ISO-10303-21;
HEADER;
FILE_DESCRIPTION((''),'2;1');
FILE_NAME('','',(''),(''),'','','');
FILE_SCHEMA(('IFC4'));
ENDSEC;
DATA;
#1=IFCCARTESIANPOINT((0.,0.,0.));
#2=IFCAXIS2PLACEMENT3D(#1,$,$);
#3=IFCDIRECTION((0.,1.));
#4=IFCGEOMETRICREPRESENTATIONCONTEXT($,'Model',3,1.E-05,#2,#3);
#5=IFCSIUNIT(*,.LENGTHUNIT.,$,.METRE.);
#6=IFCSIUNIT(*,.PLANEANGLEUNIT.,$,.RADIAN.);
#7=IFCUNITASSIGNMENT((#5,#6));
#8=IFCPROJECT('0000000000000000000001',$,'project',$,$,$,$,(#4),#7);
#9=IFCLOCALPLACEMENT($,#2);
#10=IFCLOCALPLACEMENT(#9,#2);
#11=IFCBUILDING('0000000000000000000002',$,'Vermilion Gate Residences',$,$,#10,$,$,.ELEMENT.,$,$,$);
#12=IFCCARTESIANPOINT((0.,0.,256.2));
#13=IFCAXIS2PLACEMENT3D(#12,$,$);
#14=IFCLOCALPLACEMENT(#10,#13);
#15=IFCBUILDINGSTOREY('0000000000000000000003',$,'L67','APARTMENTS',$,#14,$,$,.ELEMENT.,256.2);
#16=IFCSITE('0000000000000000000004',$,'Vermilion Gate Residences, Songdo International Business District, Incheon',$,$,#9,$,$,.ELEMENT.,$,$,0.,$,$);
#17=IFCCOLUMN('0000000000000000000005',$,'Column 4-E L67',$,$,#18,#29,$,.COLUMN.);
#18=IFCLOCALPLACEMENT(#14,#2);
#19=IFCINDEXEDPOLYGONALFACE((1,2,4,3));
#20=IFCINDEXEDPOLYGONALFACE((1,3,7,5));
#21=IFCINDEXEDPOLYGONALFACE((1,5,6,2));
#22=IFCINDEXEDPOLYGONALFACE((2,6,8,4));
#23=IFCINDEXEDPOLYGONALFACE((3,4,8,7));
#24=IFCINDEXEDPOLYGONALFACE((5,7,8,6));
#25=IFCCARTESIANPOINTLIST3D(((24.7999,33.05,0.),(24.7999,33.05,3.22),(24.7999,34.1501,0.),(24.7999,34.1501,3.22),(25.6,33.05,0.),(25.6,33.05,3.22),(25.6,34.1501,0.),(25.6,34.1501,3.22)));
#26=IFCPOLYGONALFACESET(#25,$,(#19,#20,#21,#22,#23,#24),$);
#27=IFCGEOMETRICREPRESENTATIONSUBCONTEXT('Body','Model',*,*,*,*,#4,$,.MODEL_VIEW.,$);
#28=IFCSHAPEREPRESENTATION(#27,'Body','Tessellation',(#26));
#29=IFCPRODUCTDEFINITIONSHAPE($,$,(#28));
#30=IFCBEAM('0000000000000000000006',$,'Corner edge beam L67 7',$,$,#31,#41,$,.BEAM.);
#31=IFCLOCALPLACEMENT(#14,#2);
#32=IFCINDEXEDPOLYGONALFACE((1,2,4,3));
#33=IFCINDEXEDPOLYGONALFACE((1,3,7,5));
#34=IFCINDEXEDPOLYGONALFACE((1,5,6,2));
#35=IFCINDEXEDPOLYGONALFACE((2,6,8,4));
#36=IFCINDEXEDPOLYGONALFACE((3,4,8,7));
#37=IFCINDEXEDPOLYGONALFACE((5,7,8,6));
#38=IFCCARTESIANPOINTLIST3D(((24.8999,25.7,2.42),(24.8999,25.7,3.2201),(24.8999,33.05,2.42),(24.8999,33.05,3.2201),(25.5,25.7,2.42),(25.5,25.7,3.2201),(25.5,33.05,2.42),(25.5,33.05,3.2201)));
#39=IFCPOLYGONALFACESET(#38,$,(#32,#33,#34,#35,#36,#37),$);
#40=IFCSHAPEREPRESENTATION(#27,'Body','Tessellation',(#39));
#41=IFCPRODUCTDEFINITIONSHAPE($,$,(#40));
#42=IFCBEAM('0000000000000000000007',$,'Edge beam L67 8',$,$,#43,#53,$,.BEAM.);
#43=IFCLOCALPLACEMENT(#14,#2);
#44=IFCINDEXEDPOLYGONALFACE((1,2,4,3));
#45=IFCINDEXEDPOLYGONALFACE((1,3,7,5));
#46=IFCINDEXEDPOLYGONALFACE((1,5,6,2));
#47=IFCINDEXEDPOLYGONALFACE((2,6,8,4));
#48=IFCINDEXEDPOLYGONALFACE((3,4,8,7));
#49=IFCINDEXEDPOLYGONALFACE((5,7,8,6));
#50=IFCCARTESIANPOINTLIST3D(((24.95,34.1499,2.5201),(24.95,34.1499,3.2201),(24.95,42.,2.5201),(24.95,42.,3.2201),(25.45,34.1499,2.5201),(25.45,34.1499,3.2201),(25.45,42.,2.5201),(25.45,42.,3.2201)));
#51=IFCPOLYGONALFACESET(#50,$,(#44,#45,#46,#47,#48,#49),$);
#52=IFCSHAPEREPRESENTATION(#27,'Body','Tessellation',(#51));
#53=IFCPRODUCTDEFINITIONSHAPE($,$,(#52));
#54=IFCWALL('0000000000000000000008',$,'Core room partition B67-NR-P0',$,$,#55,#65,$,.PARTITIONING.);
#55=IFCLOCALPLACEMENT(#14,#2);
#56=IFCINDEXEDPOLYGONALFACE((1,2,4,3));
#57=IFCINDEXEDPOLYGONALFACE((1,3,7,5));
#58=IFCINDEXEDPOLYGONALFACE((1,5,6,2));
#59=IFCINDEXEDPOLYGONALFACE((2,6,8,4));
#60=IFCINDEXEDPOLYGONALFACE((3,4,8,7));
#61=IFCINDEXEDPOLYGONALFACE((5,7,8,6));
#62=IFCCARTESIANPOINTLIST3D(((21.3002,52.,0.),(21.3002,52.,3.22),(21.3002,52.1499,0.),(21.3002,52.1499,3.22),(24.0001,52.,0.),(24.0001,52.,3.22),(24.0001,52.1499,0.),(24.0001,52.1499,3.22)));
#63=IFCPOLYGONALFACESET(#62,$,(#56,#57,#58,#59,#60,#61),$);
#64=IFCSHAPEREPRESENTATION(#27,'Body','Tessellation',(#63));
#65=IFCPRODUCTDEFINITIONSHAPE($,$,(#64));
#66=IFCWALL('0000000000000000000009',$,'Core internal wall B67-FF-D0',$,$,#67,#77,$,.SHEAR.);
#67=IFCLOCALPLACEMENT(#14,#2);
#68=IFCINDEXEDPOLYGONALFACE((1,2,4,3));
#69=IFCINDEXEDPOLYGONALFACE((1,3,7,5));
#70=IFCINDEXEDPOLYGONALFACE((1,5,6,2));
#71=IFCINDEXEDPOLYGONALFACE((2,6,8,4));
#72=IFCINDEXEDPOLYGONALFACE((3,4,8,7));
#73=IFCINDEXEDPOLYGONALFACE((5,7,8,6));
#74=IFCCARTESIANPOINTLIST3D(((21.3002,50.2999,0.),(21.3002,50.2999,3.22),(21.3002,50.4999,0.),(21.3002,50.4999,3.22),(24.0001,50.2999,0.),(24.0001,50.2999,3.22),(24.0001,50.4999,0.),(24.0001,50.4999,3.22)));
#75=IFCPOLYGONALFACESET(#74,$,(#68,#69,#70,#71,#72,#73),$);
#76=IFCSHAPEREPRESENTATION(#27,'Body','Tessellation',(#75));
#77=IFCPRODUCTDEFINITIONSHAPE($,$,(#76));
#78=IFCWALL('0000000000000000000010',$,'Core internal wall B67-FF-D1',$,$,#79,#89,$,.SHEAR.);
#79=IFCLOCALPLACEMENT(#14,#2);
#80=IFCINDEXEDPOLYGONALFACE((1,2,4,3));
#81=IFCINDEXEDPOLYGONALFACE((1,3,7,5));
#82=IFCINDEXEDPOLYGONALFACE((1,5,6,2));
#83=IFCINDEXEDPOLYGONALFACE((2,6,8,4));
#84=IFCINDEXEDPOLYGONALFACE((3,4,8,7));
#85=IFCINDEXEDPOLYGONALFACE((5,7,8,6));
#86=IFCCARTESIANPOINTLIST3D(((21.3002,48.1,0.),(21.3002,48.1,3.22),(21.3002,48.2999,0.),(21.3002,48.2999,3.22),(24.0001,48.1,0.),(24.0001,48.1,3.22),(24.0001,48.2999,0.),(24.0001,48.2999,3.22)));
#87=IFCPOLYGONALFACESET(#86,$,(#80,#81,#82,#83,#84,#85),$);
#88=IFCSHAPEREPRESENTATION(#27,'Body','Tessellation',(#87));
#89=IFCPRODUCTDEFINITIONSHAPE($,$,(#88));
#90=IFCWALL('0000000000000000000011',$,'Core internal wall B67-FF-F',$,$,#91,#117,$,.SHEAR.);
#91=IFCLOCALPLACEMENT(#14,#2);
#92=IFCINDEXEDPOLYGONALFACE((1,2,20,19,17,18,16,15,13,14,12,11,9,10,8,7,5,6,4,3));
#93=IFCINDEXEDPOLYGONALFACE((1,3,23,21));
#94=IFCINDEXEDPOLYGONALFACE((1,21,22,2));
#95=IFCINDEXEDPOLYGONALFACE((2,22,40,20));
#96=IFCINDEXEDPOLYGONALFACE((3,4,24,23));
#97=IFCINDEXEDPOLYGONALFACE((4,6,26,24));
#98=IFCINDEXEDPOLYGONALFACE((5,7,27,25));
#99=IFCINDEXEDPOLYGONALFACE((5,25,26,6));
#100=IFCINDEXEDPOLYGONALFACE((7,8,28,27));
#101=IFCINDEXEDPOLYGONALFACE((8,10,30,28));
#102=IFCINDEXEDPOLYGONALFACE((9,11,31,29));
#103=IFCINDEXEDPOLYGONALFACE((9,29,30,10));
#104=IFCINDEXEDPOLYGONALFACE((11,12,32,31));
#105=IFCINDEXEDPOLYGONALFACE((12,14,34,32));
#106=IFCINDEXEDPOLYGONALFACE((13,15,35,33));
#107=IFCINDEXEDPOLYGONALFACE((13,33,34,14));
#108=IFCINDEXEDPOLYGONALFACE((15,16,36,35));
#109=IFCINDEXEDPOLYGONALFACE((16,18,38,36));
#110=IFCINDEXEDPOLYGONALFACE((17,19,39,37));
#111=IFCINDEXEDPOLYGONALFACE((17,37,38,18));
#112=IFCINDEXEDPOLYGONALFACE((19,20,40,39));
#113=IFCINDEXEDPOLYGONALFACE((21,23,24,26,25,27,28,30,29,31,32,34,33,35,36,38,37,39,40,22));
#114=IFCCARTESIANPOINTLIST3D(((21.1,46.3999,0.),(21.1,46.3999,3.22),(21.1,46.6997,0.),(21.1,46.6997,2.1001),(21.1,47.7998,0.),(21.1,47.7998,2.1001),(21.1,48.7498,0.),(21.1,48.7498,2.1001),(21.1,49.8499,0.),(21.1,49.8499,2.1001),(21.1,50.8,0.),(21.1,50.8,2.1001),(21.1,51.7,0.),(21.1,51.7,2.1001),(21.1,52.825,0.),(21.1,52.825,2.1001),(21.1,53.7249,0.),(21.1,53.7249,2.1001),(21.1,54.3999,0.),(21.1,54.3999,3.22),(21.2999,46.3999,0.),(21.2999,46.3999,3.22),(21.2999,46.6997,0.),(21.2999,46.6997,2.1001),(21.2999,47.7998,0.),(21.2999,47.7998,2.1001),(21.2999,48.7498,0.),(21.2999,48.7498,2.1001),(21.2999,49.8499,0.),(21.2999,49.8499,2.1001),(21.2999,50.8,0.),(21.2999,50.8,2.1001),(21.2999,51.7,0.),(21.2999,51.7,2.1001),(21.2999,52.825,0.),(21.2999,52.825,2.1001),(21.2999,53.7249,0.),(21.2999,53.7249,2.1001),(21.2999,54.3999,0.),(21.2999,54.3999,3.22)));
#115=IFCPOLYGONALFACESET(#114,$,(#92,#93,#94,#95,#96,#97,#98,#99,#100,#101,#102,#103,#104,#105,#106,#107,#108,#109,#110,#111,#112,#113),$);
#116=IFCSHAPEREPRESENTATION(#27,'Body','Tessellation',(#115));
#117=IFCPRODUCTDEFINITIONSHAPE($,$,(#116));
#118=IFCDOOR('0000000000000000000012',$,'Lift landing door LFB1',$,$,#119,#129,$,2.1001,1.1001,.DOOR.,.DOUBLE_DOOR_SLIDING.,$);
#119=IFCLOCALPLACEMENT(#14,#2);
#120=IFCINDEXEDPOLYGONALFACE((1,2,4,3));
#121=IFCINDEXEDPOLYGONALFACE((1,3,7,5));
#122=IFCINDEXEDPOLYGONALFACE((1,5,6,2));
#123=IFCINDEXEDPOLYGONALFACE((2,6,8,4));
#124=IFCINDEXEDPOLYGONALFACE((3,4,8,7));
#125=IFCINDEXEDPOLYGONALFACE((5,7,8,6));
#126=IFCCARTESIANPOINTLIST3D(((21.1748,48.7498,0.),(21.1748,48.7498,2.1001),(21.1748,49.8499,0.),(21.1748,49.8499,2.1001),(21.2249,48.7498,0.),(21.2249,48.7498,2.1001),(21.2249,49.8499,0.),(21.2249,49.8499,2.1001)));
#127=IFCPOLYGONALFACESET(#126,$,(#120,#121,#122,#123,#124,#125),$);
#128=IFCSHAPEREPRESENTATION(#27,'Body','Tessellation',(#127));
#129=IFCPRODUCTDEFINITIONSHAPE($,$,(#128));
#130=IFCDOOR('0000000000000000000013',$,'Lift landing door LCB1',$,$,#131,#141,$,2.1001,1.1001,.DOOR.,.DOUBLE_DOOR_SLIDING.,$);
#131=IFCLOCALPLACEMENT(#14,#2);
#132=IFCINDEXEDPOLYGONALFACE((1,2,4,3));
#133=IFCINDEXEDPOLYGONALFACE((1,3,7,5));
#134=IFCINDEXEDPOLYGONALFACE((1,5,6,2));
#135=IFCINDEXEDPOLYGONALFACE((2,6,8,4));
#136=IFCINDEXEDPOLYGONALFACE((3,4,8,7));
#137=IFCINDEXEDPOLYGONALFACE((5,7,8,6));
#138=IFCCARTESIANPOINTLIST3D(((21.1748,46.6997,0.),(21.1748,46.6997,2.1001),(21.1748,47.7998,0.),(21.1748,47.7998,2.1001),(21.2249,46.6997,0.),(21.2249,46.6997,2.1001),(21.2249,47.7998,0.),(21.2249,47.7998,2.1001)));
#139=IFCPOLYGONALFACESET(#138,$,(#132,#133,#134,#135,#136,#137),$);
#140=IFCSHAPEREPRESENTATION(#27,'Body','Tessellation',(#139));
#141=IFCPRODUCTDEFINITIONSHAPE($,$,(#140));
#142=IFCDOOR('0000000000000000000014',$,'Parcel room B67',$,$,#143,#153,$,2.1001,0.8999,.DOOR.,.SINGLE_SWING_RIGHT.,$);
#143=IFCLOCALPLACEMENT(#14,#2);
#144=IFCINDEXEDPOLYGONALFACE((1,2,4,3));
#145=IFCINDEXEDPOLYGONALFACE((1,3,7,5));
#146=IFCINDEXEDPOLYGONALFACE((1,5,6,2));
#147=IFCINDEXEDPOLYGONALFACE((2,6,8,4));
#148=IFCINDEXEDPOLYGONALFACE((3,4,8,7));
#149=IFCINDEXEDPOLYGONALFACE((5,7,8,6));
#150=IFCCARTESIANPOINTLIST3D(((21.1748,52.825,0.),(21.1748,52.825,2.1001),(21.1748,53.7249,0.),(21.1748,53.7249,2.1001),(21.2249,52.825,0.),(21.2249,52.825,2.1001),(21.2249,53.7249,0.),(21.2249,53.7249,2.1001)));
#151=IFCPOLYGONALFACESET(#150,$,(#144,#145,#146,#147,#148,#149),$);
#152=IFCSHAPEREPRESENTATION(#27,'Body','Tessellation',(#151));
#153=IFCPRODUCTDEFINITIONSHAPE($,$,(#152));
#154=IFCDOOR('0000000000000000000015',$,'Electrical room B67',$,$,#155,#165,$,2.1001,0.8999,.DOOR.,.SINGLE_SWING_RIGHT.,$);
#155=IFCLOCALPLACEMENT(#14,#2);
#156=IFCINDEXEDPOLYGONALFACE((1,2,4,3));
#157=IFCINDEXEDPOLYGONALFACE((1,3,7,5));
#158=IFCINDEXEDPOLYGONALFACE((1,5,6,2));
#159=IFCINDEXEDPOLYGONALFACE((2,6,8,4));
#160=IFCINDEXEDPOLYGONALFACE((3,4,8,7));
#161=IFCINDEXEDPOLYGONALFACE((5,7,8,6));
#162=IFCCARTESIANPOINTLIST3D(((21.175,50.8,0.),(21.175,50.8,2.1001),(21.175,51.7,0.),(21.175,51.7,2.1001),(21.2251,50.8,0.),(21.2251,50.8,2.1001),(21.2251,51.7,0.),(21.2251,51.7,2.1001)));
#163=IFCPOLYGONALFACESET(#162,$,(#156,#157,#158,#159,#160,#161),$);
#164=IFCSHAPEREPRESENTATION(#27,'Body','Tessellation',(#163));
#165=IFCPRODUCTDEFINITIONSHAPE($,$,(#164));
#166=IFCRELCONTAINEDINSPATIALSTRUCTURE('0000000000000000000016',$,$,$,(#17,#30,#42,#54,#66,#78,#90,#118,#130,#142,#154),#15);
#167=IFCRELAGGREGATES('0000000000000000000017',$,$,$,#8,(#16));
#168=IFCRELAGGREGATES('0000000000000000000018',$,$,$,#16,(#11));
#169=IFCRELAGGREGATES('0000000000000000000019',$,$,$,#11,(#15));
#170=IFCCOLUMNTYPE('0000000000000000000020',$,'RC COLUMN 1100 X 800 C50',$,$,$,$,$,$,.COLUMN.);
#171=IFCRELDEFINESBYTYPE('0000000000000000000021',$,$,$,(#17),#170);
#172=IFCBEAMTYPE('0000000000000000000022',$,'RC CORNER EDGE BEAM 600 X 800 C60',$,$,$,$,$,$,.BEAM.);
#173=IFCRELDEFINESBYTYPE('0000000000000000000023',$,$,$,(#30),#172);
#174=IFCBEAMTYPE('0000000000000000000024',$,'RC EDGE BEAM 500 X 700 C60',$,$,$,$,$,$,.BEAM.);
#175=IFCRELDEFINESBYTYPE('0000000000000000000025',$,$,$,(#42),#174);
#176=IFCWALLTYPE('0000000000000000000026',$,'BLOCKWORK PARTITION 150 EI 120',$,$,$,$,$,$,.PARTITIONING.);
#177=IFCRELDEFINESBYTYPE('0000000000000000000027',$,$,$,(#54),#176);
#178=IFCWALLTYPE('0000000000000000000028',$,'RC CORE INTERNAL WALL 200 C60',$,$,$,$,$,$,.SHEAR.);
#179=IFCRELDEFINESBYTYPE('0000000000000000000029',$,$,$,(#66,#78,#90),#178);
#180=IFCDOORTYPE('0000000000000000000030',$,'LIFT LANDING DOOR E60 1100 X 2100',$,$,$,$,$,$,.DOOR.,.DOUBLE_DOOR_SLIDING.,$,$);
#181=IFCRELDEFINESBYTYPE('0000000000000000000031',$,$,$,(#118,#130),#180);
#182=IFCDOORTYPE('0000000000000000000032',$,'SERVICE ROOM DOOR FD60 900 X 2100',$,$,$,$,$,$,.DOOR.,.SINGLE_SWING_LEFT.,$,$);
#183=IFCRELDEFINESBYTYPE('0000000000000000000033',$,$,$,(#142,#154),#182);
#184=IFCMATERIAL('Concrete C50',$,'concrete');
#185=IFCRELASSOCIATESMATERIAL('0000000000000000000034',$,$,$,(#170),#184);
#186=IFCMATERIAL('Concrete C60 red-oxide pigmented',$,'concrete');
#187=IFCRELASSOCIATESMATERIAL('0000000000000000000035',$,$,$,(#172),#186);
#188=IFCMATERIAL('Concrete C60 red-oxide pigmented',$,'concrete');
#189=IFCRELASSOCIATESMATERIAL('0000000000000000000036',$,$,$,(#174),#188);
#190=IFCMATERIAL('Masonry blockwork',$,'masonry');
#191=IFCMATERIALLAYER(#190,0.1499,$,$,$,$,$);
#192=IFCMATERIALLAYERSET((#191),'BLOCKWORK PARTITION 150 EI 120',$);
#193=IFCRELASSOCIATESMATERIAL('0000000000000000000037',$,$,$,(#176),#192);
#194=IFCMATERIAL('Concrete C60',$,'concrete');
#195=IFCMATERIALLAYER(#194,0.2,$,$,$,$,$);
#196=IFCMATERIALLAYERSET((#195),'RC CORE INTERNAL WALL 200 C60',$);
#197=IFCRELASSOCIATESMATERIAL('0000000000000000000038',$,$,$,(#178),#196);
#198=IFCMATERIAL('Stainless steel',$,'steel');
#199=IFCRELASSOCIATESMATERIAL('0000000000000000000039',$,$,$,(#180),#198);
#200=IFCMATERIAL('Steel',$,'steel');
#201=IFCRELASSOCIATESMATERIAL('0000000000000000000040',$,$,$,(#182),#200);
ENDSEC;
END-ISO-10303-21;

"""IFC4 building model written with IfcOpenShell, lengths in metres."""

from ifc_helpers import new_model, si_unit, direction, frame, frame_2d, origin, origin_2d, place, context, subcontext, project, spatial, rectangle, extrude, material, layer, layer_set, material_profile, profile_set, type_object, element, fill, save


model = new_model("IFC4")

# Units and contexts
model_context = context("Model", 3, precision=1e-05, world=origin(), true_north=direction((0.0, 1.0)))
body_context = subcontext(model_context, "Body", "Model", "MODEL_VIEW")
ifc_project = project(units=[si_unit("LENGTHUNIT", "METRE"), si_unit("PLANEANGLEUNIT", "RADIAN")], contexts=[model_context])

# Site, building, storey
site_placement = place(None, origin())
site = spatial("IfcSite", under=ifc_project, at=site_placement, Name="Vermilion Gate Residences, Songdo International Business District, Incheon", CompositionType="ELEMENT", RefElevation=0.0)
building_placement = place(site_placement, origin())
building = spatial("IfcBuilding", under=site, at=building_placement, Name="Vermilion Gate Residences", CompositionType="ELEMENT")
storey_placement = place(building_placement, frame((0.0, 0.0, 256.2)))
storey = spatial("IfcBuildingStorey", under=building, at=storey_placement, Name="L67", Description="APARTMENTS", CompositionType="ELEMENT", Elevation=256.2)

# Column
ifc_material_1 = material(Name="Concrete C50", Category="concrete")
ifc_material_profile_1 = material_profile(ifc_material_1, rectangle(XDim=1.1001, YDim=0.8, at=origin_2d()), Name="RC-1100x800")
ifc_profile_set_1 = profile_set([ifc_material_profile_1], Name="Concrete C50")
column_type = type_object("IfcColumnType", Name="RC COLUMN 1100 X 800 C50", PredefinedType="COLUMN", material=ifc_profile_set_1)
column_placement = place(storey_placement, frame((25.2, 33.6001, 0.0), z_axis=(0.0, 0.0, 1.0), x_axis=(0.0, 1.0, 0.0)))
element("IfcColumn", 1, at=column_placement, inside=storey, type_object=column_type, Name="Column 4-E L67", PredefinedType="COLUMN", context=body_context, shape_type="SweptSolid", body=[
    extrude(rectangle(XDim=1.1001, YDim=0.8, at=origin_2d()), origin(), (0.0, 0.0, 1.0), 3.22),
])

# Beams
ifc_material_2 = material(Name="Concrete C60 red-oxide pigmented", Category="concrete")
ifc_material_profile_2 = material_profile(ifc_material_2, rectangle(XDim=0.6001, YDim=0.8, at=origin_2d()), Name="RC-600x800")
ifc_profile_set_2 = profile_set([ifc_material_profile_2], Name="Concrete C60 red-oxide pigmented")
beam_type_1 = type_object("IfcBeamType", Name="RC CORNER EDGE BEAM 600 X 800 C60", PredefinedType="BEAM", material=ifc_profile_set_2)
beam_1_placement = place(storey_placement, frame((25.2, 25.7, 2.8201), z_axis=(0.0, 1.0, 0.0), x_axis=(-1.0, 0.0, 0.0)))
element("IfcBeam", 2, at=beam_1_placement, inside=storey, type_object=beam_type_1, Name="Corner edge beam L67 7", PredefinedType="BEAM", context=body_context, shape_type="SweptSolid", body=[
    extrude(rectangle(XDim=0.6001, YDim=0.8, at=origin_2d()), origin(), (0.0, 0.0, 1.0), 7.3501),
])
ifc_material_3 = material(Name="Concrete C60 red-oxide pigmented", Category="concrete")
ifc_material_profile_3 = material_profile(ifc_material_3, rectangle(XDim=0.5, YDim=0.7, at=origin_2d()), Name="RC-500x700")
ifc_profile_set_3 = profile_set([ifc_material_profile_3], Name="Concrete C60 red-oxide pigmented")
beam_type_2 = type_object("IfcBeamType", Name="RC EDGE BEAM 500 X 700 C60", PredefinedType="BEAM", material=ifc_profile_set_3)
beam_2_placement = place(storey_placement, frame((25.2, 34.1499, 2.8701), z_axis=(0.0, 1.0, 0.0), x_axis=(-1.0, 0.0, 0.0)))
element("IfcBeam", 3, at=beam_2_placement, inside=storey, type_object=beam_type_2, Name="Edge beam L67 8", PredefinedType="BEAM", context=body_context, shape_type="SweptSolid", body=[
    extrude(rectangle(XDim=0.5, YDim=0.7, at=origin_2d()), origin(), (0.0, 0.0, 1.0), 7.8501),
])

# Walls
ifc_material_4 = material(Name="Masonry blockwork", Category="masonry")
ifc_layer_1 = layer(ifc_material_4, 0.1499)
ifc_layer_set_1 = layer_set([ifc_layer_1], Name="BLOCKWORK PARTITION 150 EI 120")
wall_type_1 = type_object("IfcWallType", Name="BLOCKWORK PARTITION 150 EI 120", PredefinedType="PARTITIONING", material=ifc_layer_set_1)
wall_1_placement = place(storey_placement, frame((21.3, 52.075, 0.0), z_axis=(0.0, 0.0, 1.0), x_axis=(1.0, 0.0, 0.0)))
element("IfcWall", 4, at=wall_1_placement, inside=storey, type_object=wall_type_1, Name="Core room partition B67-NR-P0", PredefinedType="PARTITIONING", context=body_context, shape_type="SweptSolid", body=[
    extrude(rectangle(XDim=2.7, YDim=0.1499, at=frame_2d((1.3501, 0.0))), origin(), (0.0, 0.0, 1.0), 3.22),
])
ifc_material_5 = material(Name="Concrete C60", Category="concrete")
ifc_layer_2 = layer(ifc_material_5, 0.2)
ifc_layer_set_2 = layer_set([ifc_layer_2], Name="RC CORE INTERNAL WALL 200 C60")
wall_type_2 = type_object("IfcWallType", Name="RC CORE INTERNAL WALL 200 C60", PredefinedType="SHEAR", material=ifc_layer_set_2)
for number, where, z_axis, x_axis, name in (
    (5, (21.3, 50.3999, 0.0), (0.0, 0.0, 1.0), (1.0, 0.0, 0.0), "Core internal wall B67-FF-D0"),
    (6, (21.3, 48.2, 0.0), (0.0, 0.0, 1.0), (1.0, 0.0, 0.0), "Core internal wall B67-FF-D1"),
):
    element("IfcWall", number, at=place(storey_placement, frame(where, z_axis=z_axis, x_axis=x_axis)), inside=storey, type_object=wall_type_2, Name=name, PredefinedType="SHEAR", context=body_context, shape_type="SweptSolid", body=[
        extrude(rectangle(XDim=2.7, YDim=0.2, at=frame_2d((1.3501, 0.0))), origin(), (0.0, 0.0, 1.0), 3.22),
    ])

# Wall, openings, doors
wall_2_placement = place(storey_placement, frame((21.2, 54.3999, 0.0), z_axis=(0.0, 0.0, 1.0), x_axis=(0.0, -1.0, 0.0)))
wall_2 = element("IfcWall", 7, at=wall_2_placement, inside=storey, type_object=wall_type_2, Name="Core internal wall B67-FF-F", PredefinedType="SHEAR", context=body_context, shape_type="SweptSolid", body=[
    extrude(rectangle(XDim=8.0, YDim=0.2, at=frame_2d((4.0, 0.0))), origin(), (0.0, 0.0, 1.0), 3.22),
])
opening_1_placement = place(wall_2_placement, frame((0.675, 0.0, 0.0)))
opening_1 = element("IfcOpeningElement", 8, at=opening_1_placement, cuts=wall_2, PredefinedType="OPENING", context=body_context, shape_type="SweptSolid", body=[
    extrude(rectangle(XDim=0.8999, YDim=2.1001, at=frame_2d((0.45, 1.05))), frame((0.0, 0.1099, 0.0), z_axis=(0.0, -1.0, 0.0), x_axis=(1.0, 0.0, 0.0)), (0.0, 0.0, 1.0), 0.22),
])
opening_2_placement = place(wall_2_placement, frame((2.7, 0.0, 0.0)))
opening_2 = element("IfcOpeningElement", 9, at=opening_2_placement, cuts=wall_2, PredefinedType="OPENING", context=body_context, shape_type="SweptSolid", body=[
    extrude(rectangle(XDim=0.8999, YDim=2.1001, at=frame_2d((0.45, 1.05))), frame((0.0, 0.1099, 0.0), z_axis=(0.0, -1.0, 0.0), x_axis=(1.0, 0.0, 0.0)), (0.0, 0.0, 1.0), 0.22),
])
opening_3_placement = place(wall_2_placement, frame((4.55, 0.0, 0.0)))
opening_3 = element("IfcOpeningElement", 10, at=opening_3_placement, cuts=wall_2, PredefinedType="OPENING", context=body_context, shape_type="SweptSolid", body=[
    extrude(rectangle(XDim=1.1001, YDim=2.1001, at=frame_2d((0.55, 1.05))), frame((0.0, 0.1099, 0.0), z_axis=(0.0, -1.0, 0.0), x_axis=(1.0, 0.0, 0.0)), (0.0, 0.0, 1.0), 0.22),
])
opening_4_placement = place(wall_2_placement, frame((6.6001, 0.0, 0.0)))
opening_4 = element("IfcOpeningElement", 11, at=opening_4_placement, cuts=wall_2, PredefinedType="OPENING", context=body_context, shape_type="SweptSolid", body=[
    extrude(rectangle(XDim=1.1001, YDim=2.1001, at=frame_2d((0.55, 1.05))), frame((0.0, 0.1099, 0.0), z_axis=(0.0, -1.0, 0.0), x_axis=(1.0, 0.0, 0.0)), (0.0, 0.0, 1.0), 0.22),
])
ifc_material_6 = material(Name="Stainless steel", Category="steel")
door_type_1 = type_object("IfcDoorType", Name="LIFT LANDING DOOR E60 1100 X 2100", OperationType="DOUBLE_DOOR_SLIDING", PredefinedType="DOOR", material=ifc_material_6)
door_1_placement = place(opening_3_placement, origin())
door_1 = element("IfcDoor", 12, at=door_1_placement, inside=storey, type_object=door_type_1, Name="Lift landing door LFB1", OperationType="DOUBLE_DOOR_SLIDING", OverallHeight=2.1001, OverallWidth=1.1001, PredefinedType="DOOR", context=body_context, shape_type="SweptSolid", body=[
    extrude(rectangle(XDim=1.1001, YDim=2.1001, at=frame_2d((0.55, 1.05))), frame((0.0, 0.0249, 0.0), z_axis=(0.0, -1.0, 0.0), x_axis=(1.0, 0.0, 0.0)), (0.0, 0.0, 1.0), 0.05),
])
fill(opening_3, door_1)
door_2_placement = place(opening_4_placement, origin())
door_2 = element("IfcDoor", 13, at=door_2_placement, inside=storey, type_object=door_type_1, Name="Lift landing door LCB1", OperationType="DOUBLE_DOOR_SLIDING", OverallHeight=2.1001, OverallWidth=1.1001, PredefinedType="DOOR", context=body_context, shape_type="SweptSolid", body=[
    extrude(rectangle(XDim=1.1001, YDim=2.1001, at=frame_2d((0.55, 1.05))), frame((0.0, 0.0249, 0.0), z_axis=(0.0, -1.0, 0.0), x_axis=(1.0, 0.0, 0.0)), (0.0, 0.0, 1.0), 0.05),
])
fill(opening_4, door_2)
ifc_material_7 = material(Name="Steel", Category="steel")
door_type_2 = type_object("IfcDoorType", Name="SERVICE ROOM DOOR FD60 900 X 2100", OperationType="SINGLE_SWING_LEFT", PredefinedType="DOOR", material=ifc_material_7)
door_3_placement = place(opening_1_placement, origin())
door_3 = element("IfcDoor", 14, at=door_3_placement, inside=storey, type_object=door_type_2, Name="Parcel room B67", OperationType="SINGLE_SWING_RIGHT", OverallHeight=2.1001, OverallWidth=0.8999, PredefinedType="DOOR", context=body_context, shape_type="SweptSolid", body=[
    extrude(rectangle(XDim=0.8999, YDim=2.1001, at=frame_2d((0.45, 1.05))), frame((0.0, 0.0249, 0.0), z_axis=(0.0, -1.0, 0.0), x_axis=(1.0, 0.0, 0.0)), (0.0, 0.0, 1.0), 0.05),
])
fill(opening_1, door_3)
door_4_placement = place(opening_2_placement, frame((0.8999, 0.0, 0.0), z_axis=(0.0, 0.0, 1.0), x_axis=(-1.0, 0.0, 0.0)))
door_4 = element("IfcDoor", 15, at=door_4_placement, inside=storey, type_object=door_type_2, Name="Electrical room B67", OperationType="SINGLE_SWING_RIGHT", OverallHeight=2.1001, OverallWidth=0.8999, PredefinedType="DOOR", context=body_context, shape_type="SweptSolid", body=[
    extrude(rectangle(XDim=0.8999, YDim=2.1001, at=frame_2d((0.45, 1.05))), frame((0.0, 0.0249, 0.0), z_axis=(0.0, -1.0, 0.0), x_axis=(1.0, 0.0, 0.0)), (0.0, 0.0, 1.0), 0.05),
])
fill(opening_2, door_4)

save(model, "model.ifc")
